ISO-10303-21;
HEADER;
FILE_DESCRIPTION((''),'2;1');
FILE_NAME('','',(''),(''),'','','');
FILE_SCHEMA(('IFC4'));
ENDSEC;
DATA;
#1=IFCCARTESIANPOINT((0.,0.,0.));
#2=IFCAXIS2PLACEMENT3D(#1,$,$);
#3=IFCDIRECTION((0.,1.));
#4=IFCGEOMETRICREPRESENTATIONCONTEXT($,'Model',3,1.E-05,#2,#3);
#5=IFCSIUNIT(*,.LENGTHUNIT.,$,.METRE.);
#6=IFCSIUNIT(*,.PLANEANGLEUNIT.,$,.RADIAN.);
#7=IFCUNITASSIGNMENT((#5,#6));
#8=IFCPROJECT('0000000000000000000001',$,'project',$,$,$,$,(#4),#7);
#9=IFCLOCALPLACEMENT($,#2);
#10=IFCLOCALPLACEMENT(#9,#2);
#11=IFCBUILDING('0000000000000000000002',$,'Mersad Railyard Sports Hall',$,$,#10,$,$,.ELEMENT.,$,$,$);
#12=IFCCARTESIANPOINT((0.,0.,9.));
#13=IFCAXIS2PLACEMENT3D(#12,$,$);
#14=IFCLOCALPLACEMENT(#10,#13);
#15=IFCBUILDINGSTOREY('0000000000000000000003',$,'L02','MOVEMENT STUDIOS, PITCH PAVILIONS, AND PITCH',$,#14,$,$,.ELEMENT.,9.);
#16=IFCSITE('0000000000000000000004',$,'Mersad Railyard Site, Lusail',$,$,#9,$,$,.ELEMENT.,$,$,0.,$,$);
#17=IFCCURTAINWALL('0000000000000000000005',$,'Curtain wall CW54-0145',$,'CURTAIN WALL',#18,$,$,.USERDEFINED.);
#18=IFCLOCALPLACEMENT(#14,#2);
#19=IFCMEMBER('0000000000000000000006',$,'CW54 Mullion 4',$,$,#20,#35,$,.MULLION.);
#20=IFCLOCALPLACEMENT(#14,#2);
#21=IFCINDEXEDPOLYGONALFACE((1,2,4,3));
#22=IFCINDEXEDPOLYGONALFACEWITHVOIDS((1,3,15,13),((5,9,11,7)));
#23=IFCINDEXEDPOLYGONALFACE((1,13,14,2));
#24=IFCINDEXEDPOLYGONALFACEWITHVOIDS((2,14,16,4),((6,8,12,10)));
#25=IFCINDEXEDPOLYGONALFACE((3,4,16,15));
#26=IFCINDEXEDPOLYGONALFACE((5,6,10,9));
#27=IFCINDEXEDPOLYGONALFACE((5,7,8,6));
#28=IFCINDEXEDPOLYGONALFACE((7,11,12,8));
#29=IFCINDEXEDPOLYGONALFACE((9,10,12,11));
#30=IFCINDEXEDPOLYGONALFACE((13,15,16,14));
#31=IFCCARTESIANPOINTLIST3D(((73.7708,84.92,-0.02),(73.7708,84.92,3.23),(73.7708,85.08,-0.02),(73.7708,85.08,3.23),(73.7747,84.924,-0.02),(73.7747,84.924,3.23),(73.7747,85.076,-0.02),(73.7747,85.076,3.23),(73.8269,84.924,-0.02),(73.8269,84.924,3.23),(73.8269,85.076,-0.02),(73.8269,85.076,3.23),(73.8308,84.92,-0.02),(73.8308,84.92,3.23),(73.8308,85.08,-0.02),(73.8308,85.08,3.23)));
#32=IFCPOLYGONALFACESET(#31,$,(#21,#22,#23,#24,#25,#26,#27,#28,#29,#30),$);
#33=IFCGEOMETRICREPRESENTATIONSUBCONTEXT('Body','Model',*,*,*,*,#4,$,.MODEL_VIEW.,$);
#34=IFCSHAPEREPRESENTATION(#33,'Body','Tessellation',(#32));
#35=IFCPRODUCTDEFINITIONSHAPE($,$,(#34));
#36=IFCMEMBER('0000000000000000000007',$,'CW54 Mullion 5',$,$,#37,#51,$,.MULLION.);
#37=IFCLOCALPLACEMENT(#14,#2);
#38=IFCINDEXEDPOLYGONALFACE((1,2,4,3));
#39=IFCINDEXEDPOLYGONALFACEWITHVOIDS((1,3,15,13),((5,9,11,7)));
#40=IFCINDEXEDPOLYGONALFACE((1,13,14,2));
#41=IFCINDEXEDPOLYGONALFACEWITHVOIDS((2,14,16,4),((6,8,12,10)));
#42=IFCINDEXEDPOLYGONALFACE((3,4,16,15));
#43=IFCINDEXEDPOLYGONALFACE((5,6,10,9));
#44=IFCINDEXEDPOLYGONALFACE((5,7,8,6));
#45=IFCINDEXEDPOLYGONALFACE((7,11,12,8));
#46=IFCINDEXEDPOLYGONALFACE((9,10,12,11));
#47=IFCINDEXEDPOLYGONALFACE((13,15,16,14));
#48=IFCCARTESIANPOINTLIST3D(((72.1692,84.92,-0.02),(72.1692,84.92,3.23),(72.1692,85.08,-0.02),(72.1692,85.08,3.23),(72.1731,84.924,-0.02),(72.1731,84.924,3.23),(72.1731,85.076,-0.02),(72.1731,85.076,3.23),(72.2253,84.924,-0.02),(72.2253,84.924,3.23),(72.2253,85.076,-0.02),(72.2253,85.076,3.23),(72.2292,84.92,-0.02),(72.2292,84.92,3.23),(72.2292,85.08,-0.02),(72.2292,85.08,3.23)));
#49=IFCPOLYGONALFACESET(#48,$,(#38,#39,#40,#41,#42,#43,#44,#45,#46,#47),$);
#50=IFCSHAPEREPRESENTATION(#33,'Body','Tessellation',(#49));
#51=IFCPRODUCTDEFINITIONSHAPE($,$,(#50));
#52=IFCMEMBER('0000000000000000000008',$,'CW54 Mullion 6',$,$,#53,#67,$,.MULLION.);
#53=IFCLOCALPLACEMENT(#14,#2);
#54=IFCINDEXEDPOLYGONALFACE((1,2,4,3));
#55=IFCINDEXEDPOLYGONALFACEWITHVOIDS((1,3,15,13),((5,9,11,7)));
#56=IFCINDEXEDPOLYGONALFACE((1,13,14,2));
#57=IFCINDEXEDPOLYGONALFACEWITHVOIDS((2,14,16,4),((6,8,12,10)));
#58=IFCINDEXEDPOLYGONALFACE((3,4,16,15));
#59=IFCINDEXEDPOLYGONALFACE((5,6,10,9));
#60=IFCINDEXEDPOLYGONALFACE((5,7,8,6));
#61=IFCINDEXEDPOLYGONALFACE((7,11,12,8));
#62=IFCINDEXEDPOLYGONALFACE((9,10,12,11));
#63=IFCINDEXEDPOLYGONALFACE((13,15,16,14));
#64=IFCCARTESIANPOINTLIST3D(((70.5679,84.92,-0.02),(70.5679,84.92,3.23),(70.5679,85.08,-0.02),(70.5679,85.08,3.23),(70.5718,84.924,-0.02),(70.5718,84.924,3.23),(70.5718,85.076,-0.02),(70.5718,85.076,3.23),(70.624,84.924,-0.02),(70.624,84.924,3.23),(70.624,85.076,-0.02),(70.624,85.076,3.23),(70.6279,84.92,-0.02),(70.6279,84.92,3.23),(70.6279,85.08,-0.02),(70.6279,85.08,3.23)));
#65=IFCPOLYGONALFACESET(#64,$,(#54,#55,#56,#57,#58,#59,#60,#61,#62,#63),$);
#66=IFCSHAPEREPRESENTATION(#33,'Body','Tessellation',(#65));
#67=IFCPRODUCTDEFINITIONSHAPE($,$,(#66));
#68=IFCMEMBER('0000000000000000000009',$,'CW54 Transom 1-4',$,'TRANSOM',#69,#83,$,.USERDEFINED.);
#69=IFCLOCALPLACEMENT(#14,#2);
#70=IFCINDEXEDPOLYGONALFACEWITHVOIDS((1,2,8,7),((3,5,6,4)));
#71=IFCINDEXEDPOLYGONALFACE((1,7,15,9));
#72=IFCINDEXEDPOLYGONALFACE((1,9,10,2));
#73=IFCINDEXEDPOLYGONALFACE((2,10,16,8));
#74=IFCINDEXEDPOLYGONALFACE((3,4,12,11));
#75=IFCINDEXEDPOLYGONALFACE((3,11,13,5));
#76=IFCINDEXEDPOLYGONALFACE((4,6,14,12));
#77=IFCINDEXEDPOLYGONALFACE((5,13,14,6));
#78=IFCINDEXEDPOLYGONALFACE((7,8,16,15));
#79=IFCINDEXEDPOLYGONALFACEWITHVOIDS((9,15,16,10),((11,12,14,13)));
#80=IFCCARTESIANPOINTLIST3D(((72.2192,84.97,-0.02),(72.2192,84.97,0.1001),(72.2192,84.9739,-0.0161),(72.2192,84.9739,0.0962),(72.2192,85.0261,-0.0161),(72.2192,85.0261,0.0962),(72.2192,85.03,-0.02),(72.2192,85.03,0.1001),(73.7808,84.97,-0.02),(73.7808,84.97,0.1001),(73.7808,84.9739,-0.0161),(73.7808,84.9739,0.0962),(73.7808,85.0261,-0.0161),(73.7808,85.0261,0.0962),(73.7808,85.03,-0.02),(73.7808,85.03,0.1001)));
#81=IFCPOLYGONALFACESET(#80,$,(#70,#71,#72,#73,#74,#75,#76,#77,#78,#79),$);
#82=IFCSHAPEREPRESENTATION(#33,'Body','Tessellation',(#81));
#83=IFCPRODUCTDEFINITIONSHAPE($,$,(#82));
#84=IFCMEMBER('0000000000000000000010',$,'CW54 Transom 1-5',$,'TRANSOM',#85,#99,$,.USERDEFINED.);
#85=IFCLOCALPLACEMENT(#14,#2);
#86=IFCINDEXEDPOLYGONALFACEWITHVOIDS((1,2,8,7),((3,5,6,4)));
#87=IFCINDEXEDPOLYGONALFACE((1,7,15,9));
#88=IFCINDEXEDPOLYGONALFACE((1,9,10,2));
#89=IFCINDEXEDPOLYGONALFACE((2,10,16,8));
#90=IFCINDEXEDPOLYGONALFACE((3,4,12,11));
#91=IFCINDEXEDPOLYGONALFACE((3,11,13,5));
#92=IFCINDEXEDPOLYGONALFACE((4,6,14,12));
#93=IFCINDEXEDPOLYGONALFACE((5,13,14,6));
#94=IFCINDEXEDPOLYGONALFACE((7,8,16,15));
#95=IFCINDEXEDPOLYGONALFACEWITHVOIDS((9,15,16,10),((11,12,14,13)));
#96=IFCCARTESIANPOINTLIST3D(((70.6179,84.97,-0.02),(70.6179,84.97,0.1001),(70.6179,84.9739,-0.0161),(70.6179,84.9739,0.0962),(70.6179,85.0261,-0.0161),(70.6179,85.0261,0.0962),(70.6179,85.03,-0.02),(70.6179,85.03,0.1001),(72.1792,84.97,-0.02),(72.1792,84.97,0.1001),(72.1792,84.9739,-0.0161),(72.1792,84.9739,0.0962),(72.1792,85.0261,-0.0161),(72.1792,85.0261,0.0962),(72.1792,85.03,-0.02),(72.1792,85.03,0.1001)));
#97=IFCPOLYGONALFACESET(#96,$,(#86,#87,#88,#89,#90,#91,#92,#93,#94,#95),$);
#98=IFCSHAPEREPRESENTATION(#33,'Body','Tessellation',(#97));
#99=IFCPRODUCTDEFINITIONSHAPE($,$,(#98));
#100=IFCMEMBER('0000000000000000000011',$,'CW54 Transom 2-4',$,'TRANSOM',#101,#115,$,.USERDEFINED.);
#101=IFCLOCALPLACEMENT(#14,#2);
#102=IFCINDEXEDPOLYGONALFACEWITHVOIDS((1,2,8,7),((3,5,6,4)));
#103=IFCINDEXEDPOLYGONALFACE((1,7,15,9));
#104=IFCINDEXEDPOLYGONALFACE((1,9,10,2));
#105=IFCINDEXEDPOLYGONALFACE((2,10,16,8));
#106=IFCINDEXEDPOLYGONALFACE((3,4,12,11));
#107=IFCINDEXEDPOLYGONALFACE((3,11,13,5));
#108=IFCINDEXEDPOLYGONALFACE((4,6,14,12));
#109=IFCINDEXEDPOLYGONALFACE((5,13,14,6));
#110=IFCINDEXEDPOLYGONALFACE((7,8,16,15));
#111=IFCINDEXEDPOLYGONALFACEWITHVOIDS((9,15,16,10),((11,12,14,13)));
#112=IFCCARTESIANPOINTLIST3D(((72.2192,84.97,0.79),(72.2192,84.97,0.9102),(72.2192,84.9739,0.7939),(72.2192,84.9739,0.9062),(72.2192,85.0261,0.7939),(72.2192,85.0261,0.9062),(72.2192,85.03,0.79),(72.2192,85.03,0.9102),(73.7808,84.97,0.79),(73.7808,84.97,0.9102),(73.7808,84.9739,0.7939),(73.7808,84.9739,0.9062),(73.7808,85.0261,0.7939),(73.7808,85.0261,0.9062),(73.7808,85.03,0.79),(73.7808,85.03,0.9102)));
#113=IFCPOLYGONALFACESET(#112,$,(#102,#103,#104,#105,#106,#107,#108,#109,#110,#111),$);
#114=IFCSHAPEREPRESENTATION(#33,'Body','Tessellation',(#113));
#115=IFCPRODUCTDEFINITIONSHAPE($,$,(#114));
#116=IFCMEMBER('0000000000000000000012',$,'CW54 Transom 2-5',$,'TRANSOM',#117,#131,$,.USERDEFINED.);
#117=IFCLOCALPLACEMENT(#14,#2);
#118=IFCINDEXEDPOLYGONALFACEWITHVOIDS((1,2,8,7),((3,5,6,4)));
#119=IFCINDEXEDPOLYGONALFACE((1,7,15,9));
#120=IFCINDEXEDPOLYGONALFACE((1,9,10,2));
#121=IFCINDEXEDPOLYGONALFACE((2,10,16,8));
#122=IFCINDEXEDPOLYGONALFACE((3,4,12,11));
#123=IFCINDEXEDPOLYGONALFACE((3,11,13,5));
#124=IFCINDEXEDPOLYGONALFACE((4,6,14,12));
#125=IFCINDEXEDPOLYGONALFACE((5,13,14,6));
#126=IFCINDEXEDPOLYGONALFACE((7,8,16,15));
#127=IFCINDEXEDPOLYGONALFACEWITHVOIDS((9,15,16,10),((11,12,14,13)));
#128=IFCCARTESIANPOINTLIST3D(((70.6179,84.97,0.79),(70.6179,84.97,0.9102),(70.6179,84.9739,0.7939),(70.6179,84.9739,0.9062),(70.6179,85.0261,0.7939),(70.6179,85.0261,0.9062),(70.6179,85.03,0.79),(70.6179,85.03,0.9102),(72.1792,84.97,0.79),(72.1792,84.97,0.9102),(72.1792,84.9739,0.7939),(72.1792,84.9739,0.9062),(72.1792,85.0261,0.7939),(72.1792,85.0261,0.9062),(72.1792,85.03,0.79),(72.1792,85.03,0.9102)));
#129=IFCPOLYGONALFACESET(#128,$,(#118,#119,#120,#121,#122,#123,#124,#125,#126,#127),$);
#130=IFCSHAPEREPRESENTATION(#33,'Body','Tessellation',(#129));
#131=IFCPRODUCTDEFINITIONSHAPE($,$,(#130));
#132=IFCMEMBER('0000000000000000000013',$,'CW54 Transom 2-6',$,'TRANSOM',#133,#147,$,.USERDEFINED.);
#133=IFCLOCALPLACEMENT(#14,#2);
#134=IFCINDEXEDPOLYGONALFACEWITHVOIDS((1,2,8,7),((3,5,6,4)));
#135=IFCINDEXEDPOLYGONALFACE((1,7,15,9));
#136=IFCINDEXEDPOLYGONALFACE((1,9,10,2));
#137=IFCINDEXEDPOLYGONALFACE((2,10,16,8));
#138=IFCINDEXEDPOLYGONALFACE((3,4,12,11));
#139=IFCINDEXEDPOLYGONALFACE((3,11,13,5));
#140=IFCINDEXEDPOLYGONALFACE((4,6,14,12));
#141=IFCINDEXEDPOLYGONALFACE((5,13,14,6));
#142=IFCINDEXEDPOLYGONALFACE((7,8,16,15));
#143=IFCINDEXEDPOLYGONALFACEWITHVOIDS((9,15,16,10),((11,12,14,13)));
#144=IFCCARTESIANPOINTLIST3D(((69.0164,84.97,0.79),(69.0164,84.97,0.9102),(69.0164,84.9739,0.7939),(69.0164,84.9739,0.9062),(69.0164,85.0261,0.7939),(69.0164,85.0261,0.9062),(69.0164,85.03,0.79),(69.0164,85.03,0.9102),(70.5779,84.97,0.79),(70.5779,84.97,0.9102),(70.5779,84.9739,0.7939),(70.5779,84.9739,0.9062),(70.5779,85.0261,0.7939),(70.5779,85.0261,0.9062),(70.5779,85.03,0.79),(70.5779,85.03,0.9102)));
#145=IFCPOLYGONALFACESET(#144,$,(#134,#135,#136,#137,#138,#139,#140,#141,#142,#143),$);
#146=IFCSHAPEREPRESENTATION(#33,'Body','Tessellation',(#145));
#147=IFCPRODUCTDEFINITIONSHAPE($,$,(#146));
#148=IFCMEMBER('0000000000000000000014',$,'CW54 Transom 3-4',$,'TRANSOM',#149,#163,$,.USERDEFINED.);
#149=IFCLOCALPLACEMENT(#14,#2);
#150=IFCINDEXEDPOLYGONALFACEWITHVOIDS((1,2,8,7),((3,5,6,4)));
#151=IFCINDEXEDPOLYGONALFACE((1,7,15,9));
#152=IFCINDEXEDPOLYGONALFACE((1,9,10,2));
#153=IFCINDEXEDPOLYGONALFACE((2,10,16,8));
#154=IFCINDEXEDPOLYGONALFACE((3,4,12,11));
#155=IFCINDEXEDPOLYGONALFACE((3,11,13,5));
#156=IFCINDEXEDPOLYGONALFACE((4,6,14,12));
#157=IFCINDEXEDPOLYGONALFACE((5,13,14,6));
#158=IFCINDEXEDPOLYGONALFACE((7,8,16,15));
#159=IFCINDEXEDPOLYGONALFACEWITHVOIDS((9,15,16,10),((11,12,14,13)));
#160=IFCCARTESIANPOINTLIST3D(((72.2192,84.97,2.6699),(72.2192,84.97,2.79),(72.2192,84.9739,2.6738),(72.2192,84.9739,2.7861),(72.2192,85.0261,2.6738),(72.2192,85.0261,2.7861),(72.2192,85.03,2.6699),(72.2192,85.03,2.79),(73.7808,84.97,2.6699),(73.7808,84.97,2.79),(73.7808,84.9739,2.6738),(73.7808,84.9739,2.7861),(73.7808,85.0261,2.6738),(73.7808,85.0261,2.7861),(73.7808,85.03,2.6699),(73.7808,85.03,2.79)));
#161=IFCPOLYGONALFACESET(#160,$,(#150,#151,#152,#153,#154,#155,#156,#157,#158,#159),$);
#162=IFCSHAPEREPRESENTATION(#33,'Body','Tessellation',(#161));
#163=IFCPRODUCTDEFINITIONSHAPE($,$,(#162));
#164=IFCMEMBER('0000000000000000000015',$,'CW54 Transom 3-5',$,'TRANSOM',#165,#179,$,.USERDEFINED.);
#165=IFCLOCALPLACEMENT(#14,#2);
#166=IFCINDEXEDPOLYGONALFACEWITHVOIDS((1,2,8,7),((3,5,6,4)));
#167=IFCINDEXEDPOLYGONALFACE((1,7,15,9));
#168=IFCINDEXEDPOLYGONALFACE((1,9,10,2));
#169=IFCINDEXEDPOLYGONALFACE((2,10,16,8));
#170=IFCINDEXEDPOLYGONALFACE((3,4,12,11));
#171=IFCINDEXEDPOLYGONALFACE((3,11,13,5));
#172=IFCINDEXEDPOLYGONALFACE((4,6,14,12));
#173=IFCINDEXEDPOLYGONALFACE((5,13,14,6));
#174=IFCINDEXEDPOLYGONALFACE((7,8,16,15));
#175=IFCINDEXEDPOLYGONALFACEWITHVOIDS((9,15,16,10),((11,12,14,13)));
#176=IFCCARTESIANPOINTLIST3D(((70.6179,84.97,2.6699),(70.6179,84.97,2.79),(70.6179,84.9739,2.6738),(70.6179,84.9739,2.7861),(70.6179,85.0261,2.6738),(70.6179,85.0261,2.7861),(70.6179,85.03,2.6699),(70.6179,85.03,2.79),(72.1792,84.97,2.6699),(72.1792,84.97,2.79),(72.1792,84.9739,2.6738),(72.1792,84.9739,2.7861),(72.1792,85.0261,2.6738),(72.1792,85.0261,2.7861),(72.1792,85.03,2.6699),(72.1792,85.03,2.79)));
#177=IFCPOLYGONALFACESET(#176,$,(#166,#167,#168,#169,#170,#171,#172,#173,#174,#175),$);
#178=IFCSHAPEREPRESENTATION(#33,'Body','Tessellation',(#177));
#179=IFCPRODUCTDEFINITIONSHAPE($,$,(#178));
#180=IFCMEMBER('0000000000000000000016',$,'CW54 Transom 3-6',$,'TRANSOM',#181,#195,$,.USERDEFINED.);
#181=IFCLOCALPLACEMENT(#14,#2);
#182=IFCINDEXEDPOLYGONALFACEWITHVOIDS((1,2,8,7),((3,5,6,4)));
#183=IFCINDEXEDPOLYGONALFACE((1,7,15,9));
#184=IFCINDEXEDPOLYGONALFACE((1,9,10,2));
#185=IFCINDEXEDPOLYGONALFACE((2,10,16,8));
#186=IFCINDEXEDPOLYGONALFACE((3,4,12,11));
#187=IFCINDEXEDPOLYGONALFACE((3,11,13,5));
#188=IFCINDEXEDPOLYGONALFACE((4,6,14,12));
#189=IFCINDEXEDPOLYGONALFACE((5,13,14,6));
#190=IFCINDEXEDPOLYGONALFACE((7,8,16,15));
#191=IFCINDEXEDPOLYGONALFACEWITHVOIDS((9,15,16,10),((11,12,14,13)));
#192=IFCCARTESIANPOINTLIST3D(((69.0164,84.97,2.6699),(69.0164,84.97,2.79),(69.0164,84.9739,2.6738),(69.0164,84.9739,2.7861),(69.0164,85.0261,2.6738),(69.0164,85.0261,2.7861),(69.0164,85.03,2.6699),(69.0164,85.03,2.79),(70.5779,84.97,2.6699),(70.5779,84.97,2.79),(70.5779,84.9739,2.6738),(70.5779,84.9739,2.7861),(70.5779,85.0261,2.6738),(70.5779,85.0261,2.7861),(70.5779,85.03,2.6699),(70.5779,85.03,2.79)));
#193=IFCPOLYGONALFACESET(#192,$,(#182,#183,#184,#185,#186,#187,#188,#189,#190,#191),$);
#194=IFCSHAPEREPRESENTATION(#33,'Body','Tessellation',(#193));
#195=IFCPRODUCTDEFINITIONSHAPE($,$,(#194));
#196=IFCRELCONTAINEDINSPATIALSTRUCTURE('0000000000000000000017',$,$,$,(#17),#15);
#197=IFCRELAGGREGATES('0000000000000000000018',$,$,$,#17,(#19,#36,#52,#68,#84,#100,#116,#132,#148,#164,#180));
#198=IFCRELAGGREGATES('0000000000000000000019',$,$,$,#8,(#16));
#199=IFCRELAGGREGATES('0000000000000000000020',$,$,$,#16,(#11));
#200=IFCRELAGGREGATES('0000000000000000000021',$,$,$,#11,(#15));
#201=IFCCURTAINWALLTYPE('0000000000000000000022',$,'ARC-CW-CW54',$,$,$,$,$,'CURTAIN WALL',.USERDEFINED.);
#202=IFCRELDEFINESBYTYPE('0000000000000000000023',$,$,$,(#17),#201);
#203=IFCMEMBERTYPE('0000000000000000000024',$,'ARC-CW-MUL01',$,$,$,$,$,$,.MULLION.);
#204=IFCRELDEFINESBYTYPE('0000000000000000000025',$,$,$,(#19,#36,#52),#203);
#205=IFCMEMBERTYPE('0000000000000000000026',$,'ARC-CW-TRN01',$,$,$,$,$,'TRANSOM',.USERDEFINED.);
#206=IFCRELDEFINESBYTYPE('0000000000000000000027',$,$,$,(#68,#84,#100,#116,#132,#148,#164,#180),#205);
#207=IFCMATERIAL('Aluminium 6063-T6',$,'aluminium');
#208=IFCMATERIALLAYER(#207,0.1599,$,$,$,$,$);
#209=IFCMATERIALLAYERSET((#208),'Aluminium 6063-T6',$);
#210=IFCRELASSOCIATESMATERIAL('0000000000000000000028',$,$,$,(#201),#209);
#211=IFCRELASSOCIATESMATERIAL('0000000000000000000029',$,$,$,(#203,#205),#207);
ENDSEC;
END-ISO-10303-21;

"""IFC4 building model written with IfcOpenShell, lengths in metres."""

from ifc_helpers import new_model, si_unit, direction, frame, origin, origin_2d, place, context, subcontext, project, spatial, hollow_rectangle, extrude, material, layer, layer_set, material_profile, profile_set, type_object, element, aggregate, save


model = new_model("IFC4")

# Units and contexts
model_context = context("Model", 3, precision=1e-05, world=origin(), true_north=direction((0.0, 1.0)))
body_context = subcontext(model_context, "Body", "Model", "MODEL_VIEW")
ifc_project = project(units=[si_unit("LENGTHUNIT", "METRE"), si_unit("PLANEANGLEUNIT", "RADIAN")], contexts=[model_context])

# Site, building, storey
site_placement = place(None, origin())
site = spatial("IfcSite", under=ifc_project, at=site_placement, Name="Mersad Railyard Site, Lusail", CompositionType="ELEMENT", RefElevation=0.0)
building_placement = place(site_placement, origin())
building = spatial("IfcBuilding", under=site, at=building_placement, Name="Mersad Railyard Sports Hall", CompositionType="ELEMENT")
storey_placement = place(building_placement, frame((0.0, 0.0, 9.0)))
storey = spatial("IfcBuildingStorey", under=building, at=storey_placement, Name="L02", Description="MOVEMENT STUDIOS, PITCH PAVILIONS, AND PITCH", CompositionType="ELEMENT", Elevation=9.0)

# Curtain wall, members
ifc_material_1 = material(Name="Aluminium 6063-T6", Category="aluminium")
ifc_layer_1 = layer(ifc_material_1, 0.1599)
ifc_layer_set_1 = layer_set([ifc_layer_1], Name="Aluminium 6063-T6")
curtain_wall_type = type_object("IfcCurtainWallType", Name="ARC-CW-CW54", ElementType="CURTAIN WALL", PredefinedType="USERDEFINED", material=ifc_layer_set_1)
curtain_wall_placement = place(storey_placement, origin())
curtain_wall = element("IfcCurtainWall", 1, at=curtain_wall_placement, inside=storey, type_object=curtain_wall_type, Name="Curtain wall CW54-0145", ObjectType="CURTAIN WALL", PredefinedType="USERDEFINED")
ifc_material_profile_1 = material_profile(ifc_material_1, hollow_rectangle(XDim=0.0601, YDim=0.1599, WallThickness=0.0039, at=origin_2d()), Name="AL MULLION 60x160x4")
ifc_profile_set_1 = profile_set([ifc_material_profile_1], Name="Aluminium 6063-T6")
member_type_1 = type_object("IfcMemberType", Name="ARC-CW-MUL01", PredefinedType="MULLION", material=ifc_profile_set_1)
member_1_placement = place(storey_placement, frame((73.8008, 85.0, -0.02), z_axis=(0.0, 0.0, 1.0), x_axis=(1.0, 0.0, 0.0)))
member_1 = element("IfcMember", 2, at=member_1_placement, type_object=member_type_1, Name="CW54 Mullion 4", PredefinedType="MULLION", context=body_context, shape_type="SweptSolid", body=[
    extrude(hollow_rectangle(XDim=0.0601, YDim=0.1599, WallThickness=0.0039, at=origin_2d()), origin(), (0.0, 0.0, 1.0), 3.25),
])
member_2_placement = place(storey_placement, frame((72.1992, 85.0, -0.02), z_axis=(0.0, 0.0, 1.0), x_axis=(1.0, 0.0, 0.0)))
member_2 = element("IfcMember", 3, at=member_2_placement, type_object=member_type_1, Name="CW54 Mullion 5", PredefinedType="MULLION", context=body_context, shape_type="SweptSolid", body=[
    extrude(hollow_rectangle(XDim=0.0601, YDim=0.1599, WallThickness=0.0039, at=origin_2d()), origin(), (0.0, 0.0, 1.0), 3.25),
])
member_3_placement = place(storey_placement, frame((70.5979, 85.0, -0.02), z_axis=(0.0, 0.0, 1.0), x_axis=(1.0, 0.0, 0.0)))
member_3 = element("IfcMember", 4, at=member_3_placement, type_object=member_type_1, Name="CW54 Mullion 6", PredefinedType="MULLION", context=body_context, shape_type="SweptSolid", body=[
    extrude(hollow_rectangle(XDim=0.0601, YDim=0.1599, WallThickness=0.0039, at=origin_2d()), origin(), (0.0, 0.0, 1.0), 3.25),
])
ifc_material_profile_2 = material_profile(ifc_material_1, hollow_rectangle(XDim=0.0601, YDim=0.1201, WallThickness=0.0039, at=origin_2d()), Name="AL TRANSOM 60x120x4")
ifc_profile_set_2 = profile_set([ifc_material_profile_2], Name="Aluminium 6063-T6")
member_type_2 = type_object("IfcMemberType", Name="ARC-CW-TRN01", ElementType="TRANSOM", PredefinedType="USERDEFINED", material=ifc_profile_set_2)
member_4_placement = place(storey_placement, frame((73.7808, 85.0, 0.04), z_axis=(-1.0, 0.0, 0.0), x_axis=(0.0, -1.0, 0.0)))
member_4 = element("IfcMember", 5, at=member_4_placement, type_object=member_type_2, Name="CW54 Transom 1-4", ObjectType="TRANSOM", PredefinedType="USERDEFINED", context=body_context, shape_type="SweptSolid", body=[
    extrude(hollow_rectangle(XDim=0.0601, YDim=0.1201, WallThickness=0.0039, at=origin_2d()), origin(), (0.0, 0.0, 1.0), 1.5615),
])
member_5_placement = place(storey_placement, frame((72.1792, 85.0, 0.04), z_axis=(-1.0, 0.0, 0.0), x_axis=(0.0, -1.0, 0.0)))
member_5 = element("IfcMember", 6, at=member_5_placement, type_object=member_type_2, Name="CW54 Transom 1-5", ObjectType="TRANSOM", PredefinedType="USERDEFINED", context=body_context, shape_type="SweptSolid", body=[
    extrude(hollow_rectangle(XDim=0.0601, YDim=0.1201, WallThickness=0.0039, at=origin_2d()), origin(), (0.0, 0.0, 1.0), 1.5613),
])
member_6_placement = place(storey_placement, frame((73.7808, 85.0, 0.8501), z_axis=(-1.0, 0.0, 0.0), x_axis=(0.0, -1.0, 0.0)))
member_6 = element("IfcMember", 7, at=member_6_placement, type_object=member_type_2, Name="CW54 Transom 2-4", ObjectType="TRANSOM", PredefinedType="USERDEFINED", context=body_context, shape_type="SweptSolid", body=[
    extrude(hollow_rectangle(XDim=0.0601, YDim=0.1201, WallThickness=0.0039, at=origin_2d()), origin(), (0.0, 0.0, 1.0), 1.5615),
])
member_7_placement = place(storey_placement, frame((72.1792, 85.0, 0.8501), z_axis=(-1.0, 0.0, 0.0), x_axis=(0.0, -1.0, 0.0)))
member_7 = element("IfcMember", 8, at=member_7_placement, type_object=member_type_2, Name="CW54 Transom 2-5", ObjectType="TRANSOM", PredefinedType="USERDEFINED", context=body_context, shape_type="SweptSolid", body=[
    extrude(hollow_rectangle(XDim=0.0601, YDim=0.1201, WallThickness=0.0039, at=origin_2d()), origin(), (0.0, 0.0, 1.0), 1.5613),
])
member_8_placement = place(storey_placement, frame((70.5779, 85.0, 0.8501), z_axis=(-1.0, 0.0, 0.0), x_axis=(0.0, -1.0, 0.0)))
member_8 = element("IfcMember", 9, at=member_8_placement, type_object=member_type_2, Name="CW54 Transom 2-6", ObjectType="TRANSOM", PredefinedType="USERDEFINED", context=body_context, shape_type="SweptSolid", body=[
    extrude(hollow_rectangle(XDim=0.0601, YDim=0.1201, WallThickness=0.0039, at=origin_2d()), origin(), (0.0, 0.0, 1.0), 1.5615),
])
member_9_placement = place(storey_placement, frame((73.7808, 85.0, 2.73), z_axis=(-1.0, 0.0, 0.0), x_axis=(0.0, -1.0, 0.0)))
member_9 = element("IfcMember", 10, at=member_9_placement, type_object=member_type_2, Name="CW54 Transom 3-4", ObjectType="TRANSOM", PredefinedType="USERDEFINED", context=body_context, shape_type="SweptSolid", body=[
    extrude(hollow_rectangle(XDim=0.0601, YDim=0.1201, WallThickness=0.0039, at=origin_2d()), origin(), (0.0, 0.0, 1.0), 1.5615),
])
member_10_placement = place(storey_placement, frame((72.1792, 85.0, 2.73), z_axis=(-1.0, 0.0, 0.0), x_axis=(0.0, -1.0, 0.0)))
member_10 = element("IfcMember", 11, at=member_10_placement, type_object=member_type_2, Name="CW54 Transom 3-5", ObjectType="TRANSOM", PredefinedType="USERDEFINED", context=body_context, shape_type="SweptSolid", body=[
    extrude(hollow_rectangle(XDim=0.0601, YDim=0.1201, WallThickness=0.0039, at=origin_2d()), origin(), (0.0, 0.0, 1.0), 1.5613),
])
member_11_placement = place(storey_placement, frame((70.5779, 85.0, 2.73), z_axis=(-1.0, 0.0, 0.0), x_axis=(0.0, -1.0, 0.0)))
member_11 = element("IfcMember", 12, at=member_11_placement, type_object=member_type_2, Name="CW54 Transom 3-6", ObjectType="TRANSOM", PredefinedType="USERDEFINED", context=body_context, shape_type="SweptSolid", body=[
    extrude(hollow_rectangle(XDim=0.0601, YDim=0.1201, WallThickness=0.0039, at=origin_2d()), origin(), (0.0, 0.0, 1.0), 1.5615),
])
aggregate(curtain_wall, [member_1, member_2, member_3, member_4, member_5, member_6, member_7, member_8, member_9, member_10, member_11])

save(model, "model.ifc")
